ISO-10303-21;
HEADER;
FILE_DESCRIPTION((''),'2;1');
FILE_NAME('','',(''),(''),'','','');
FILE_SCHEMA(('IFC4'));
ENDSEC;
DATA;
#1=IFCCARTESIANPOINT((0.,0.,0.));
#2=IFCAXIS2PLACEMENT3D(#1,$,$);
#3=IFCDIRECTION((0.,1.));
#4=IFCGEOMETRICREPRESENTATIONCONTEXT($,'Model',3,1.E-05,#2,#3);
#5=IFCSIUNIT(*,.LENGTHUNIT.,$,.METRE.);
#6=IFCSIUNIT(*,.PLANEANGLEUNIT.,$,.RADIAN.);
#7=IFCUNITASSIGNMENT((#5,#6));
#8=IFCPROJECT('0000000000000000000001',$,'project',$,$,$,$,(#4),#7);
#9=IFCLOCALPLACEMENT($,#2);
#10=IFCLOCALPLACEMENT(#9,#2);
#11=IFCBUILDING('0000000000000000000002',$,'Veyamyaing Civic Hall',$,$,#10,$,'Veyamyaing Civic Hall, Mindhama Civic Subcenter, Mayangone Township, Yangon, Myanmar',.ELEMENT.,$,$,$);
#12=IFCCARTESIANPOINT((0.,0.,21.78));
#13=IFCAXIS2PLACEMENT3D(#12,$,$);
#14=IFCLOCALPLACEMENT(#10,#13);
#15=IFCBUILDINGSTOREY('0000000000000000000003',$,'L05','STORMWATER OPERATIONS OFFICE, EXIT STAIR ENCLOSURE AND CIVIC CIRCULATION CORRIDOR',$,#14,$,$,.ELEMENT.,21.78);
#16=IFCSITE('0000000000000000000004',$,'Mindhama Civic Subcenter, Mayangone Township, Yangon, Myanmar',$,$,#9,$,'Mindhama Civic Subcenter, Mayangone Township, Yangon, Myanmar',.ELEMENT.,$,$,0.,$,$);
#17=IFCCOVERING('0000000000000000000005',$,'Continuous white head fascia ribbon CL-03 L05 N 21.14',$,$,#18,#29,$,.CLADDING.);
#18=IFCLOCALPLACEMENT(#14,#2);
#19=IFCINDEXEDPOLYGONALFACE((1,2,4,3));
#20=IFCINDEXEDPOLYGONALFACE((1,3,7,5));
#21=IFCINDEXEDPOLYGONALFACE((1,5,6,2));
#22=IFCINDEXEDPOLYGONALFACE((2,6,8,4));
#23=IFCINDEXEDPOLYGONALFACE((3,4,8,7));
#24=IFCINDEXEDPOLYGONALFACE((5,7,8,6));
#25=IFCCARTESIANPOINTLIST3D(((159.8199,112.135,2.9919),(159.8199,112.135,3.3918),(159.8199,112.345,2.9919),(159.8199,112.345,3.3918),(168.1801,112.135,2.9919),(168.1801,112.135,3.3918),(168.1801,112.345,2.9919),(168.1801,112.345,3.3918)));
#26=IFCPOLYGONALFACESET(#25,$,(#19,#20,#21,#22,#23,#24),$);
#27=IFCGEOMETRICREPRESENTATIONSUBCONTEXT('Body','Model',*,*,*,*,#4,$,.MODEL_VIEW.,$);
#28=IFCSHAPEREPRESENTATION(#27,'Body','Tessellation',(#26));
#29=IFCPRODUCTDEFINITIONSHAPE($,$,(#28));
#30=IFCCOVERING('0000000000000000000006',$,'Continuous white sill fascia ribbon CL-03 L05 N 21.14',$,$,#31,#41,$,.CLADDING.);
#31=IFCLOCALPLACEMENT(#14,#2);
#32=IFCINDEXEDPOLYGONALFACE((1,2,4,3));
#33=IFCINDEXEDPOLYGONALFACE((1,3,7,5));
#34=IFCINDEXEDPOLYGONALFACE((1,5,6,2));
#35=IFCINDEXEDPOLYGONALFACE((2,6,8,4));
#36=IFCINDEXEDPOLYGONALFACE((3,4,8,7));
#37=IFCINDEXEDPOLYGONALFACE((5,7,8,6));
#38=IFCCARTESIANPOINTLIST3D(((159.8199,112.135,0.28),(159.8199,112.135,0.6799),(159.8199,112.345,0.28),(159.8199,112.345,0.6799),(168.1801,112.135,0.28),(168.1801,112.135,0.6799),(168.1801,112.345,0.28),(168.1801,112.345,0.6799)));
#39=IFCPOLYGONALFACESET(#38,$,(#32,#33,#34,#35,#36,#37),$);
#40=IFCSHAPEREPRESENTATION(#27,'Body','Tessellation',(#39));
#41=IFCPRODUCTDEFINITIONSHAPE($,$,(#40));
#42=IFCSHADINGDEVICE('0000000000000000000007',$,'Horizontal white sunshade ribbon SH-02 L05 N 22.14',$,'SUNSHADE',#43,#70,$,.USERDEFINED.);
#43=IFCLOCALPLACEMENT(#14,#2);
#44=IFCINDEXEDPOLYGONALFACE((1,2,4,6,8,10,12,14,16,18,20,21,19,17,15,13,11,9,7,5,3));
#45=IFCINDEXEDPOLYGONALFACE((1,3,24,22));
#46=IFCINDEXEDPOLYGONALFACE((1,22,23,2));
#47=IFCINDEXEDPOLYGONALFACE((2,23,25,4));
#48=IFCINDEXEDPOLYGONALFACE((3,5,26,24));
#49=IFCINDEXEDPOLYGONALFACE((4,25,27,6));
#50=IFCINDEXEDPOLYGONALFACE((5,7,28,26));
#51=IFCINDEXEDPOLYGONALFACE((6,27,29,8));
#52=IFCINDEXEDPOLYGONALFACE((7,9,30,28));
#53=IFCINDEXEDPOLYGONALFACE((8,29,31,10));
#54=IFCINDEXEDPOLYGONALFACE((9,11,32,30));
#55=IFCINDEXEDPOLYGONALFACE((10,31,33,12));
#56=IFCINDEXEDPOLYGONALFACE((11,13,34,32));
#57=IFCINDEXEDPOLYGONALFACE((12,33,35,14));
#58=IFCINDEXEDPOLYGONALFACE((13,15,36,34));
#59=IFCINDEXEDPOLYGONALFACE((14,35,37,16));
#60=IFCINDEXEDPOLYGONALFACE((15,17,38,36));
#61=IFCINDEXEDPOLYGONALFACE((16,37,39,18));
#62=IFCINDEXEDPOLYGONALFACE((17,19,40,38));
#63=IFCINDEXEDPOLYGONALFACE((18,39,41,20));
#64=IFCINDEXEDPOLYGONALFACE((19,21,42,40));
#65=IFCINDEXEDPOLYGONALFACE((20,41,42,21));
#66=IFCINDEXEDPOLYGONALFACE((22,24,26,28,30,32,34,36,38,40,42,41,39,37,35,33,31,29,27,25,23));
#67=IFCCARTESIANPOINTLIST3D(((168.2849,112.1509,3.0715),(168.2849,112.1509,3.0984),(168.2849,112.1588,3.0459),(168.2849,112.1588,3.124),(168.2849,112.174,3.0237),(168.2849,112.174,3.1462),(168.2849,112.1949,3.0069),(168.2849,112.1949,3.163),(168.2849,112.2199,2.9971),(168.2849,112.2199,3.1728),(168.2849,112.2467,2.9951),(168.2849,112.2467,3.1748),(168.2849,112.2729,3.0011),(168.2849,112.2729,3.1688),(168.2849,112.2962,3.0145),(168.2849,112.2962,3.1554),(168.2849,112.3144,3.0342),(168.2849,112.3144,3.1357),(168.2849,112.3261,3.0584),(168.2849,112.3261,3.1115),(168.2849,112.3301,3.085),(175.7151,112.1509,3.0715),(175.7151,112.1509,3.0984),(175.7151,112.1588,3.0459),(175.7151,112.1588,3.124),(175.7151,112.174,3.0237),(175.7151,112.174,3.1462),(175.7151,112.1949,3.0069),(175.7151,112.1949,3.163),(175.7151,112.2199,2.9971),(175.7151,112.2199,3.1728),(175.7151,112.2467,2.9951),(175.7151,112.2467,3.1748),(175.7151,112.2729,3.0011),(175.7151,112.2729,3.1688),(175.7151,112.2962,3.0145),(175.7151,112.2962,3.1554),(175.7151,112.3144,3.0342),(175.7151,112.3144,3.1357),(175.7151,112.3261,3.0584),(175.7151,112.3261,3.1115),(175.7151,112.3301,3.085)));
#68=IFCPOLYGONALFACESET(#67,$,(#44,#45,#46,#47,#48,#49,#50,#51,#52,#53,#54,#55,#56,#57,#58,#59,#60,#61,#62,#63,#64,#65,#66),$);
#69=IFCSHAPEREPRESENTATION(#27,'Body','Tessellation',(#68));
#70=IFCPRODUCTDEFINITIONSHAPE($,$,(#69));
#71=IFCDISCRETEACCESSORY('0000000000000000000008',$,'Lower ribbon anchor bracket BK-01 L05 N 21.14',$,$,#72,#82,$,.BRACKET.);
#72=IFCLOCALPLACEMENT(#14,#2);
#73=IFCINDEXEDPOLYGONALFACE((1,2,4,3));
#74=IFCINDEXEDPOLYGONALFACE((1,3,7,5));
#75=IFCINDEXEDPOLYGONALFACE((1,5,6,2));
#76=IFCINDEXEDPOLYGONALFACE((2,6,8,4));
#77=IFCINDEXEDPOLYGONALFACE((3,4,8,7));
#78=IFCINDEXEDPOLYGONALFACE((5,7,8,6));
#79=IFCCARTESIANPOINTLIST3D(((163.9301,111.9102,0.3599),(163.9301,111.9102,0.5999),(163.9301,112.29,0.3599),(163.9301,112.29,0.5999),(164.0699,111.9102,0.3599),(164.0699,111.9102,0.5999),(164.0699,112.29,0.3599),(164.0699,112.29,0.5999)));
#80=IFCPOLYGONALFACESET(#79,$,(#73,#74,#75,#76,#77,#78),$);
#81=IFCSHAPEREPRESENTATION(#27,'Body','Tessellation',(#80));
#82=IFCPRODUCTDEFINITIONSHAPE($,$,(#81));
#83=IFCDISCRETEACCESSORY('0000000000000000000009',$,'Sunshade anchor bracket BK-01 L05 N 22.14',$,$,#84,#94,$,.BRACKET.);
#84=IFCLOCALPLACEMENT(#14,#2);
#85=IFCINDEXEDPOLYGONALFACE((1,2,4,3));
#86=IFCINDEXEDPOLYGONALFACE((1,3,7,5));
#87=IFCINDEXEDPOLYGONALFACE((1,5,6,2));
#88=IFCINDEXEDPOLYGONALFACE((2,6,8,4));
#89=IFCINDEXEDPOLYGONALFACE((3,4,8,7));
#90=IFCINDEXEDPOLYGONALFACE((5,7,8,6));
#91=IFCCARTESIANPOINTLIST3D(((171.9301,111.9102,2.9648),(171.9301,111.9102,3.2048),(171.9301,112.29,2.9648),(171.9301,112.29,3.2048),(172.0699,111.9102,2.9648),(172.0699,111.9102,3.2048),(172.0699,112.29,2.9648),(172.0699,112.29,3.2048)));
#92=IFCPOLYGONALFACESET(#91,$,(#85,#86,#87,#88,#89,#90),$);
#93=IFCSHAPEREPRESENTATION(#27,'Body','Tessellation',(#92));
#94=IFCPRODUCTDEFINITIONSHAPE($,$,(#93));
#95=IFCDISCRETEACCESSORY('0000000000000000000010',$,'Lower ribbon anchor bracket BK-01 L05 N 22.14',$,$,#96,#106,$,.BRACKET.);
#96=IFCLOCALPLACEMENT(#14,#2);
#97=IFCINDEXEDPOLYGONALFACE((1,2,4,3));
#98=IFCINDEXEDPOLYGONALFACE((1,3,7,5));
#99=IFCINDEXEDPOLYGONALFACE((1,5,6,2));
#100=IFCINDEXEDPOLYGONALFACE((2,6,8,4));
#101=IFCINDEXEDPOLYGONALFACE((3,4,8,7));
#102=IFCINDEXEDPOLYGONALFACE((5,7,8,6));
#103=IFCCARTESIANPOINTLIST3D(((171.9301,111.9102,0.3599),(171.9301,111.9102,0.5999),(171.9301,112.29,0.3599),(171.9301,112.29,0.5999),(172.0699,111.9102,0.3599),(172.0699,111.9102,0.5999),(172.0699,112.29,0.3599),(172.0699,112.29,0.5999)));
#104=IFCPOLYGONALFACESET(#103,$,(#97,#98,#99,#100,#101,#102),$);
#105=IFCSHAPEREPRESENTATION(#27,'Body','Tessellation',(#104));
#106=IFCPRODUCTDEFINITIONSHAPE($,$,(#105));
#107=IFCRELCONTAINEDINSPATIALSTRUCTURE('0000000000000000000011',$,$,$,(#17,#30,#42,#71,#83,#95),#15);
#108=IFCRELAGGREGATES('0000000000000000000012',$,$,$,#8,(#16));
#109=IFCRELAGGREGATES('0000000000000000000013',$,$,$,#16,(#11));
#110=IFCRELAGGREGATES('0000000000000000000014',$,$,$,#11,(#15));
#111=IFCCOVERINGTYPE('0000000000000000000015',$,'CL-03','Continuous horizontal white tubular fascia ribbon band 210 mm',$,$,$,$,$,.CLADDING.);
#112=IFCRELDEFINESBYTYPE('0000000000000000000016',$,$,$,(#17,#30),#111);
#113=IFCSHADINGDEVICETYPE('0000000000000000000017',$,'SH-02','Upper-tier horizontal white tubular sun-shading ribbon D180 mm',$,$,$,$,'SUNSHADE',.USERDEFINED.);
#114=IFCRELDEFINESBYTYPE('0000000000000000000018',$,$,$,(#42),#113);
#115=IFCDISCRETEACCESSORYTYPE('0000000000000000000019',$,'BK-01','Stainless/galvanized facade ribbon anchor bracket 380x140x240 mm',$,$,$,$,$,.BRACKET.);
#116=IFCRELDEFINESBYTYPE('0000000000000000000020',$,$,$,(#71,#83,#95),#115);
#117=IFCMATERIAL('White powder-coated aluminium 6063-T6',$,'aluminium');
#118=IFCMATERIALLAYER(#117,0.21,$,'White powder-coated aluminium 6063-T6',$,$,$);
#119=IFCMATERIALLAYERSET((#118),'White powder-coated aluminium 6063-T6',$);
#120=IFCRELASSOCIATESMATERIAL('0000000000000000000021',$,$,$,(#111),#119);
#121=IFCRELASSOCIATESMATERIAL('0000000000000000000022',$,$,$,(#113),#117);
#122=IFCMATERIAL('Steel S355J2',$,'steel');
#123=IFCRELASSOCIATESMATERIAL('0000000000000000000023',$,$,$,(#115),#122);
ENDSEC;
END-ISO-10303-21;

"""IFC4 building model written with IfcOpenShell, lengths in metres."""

from ifc_helpers import new_model, si_unit, direction, frame, origin, origin_2d, place, context, subcontext, project, spatial, rectangle, circle, extrude, material, layer, layer_set, material_profile, profile_set, type_object, element, save


model = new_model("IFC4")

# Units and contexts
model_context = context("Model", 3, precision=1e-05, world=origin(), true_north=direction((0.0, 1.0)))
body_context = subcontext(model_context, "Body", "Model", "MODEL_VIEW")
ifc_project = project(units=[si_unit("LENGTHUNIT", "METRE"), si_unit("PLANEANGLEUNIT", "RADIAN")], contexts=[model_context])

# Site, building, storey
site_placement = place(None, origin())
site = spatial("IfcSite", under=ifc_project, at=site_placement, Name="Mindhama Civic Subcenter, Mayangone Township, Yangon, Myanmar", LongName="Mindhama Civic Subcenter, Mayangone Township, Yangon, Myanmar", CompositionType="ELEMENT", RefElevation=0.0)
building_placement = place(site_placement, origin())
building = spatial("IfcBuilding", under=site, at=building_placement, Name="Veyamyaing Civic Hall", LongName="Veyamyaing Civic Hall, Mindhama Civic Subcenter, Mayangone Township, Yangon, Myanmar", CompositionType="ELEMENT")
storey_placement = place(building_placement, frame((0.0, 0.0, 21.78)))
storey = spatial("IfcBuildingStorey", under=building, at=storey_placement, Name="L05", Description="STORMWATER OPERATIONS OFFICE, EXIT STAIR ENCLOSURE AND CIVIC CIRCULATION CORRIDOR", CompositionType="ELEMENT", Elevation=21.78)

# Shared definitions
ifc_material_1 = material(Name="Steel S355J2", Category="steel")

# Coverings
ifc_material_2 = material(Name="White powder-coated aluminium 6063-T6", Category="aluminium")
ifc_layer_1 = layer(ifc_material_2, 0.21, Name="White powder-coated aluminium 6063-T6")
ifc_layer_set_1 = layer_set([ifc_layer_1], Name="White powder-coated aluminium 6063-T6")
covering_type_1 = type_object("IfcCoveringType", Name="CL-03", Description="Continuous horizontal white tubular fascia ribbon band 210 mm", PredefinedType="CLADDING", material=ifc_layer_set_1)
for number, where, z_axis, x_axis, name in (
    (1, (164.0, 112.24, 2.9919), (0.0, 0.0, 1.0), (1.0, 0.0, 0.0), "Continuous white head fascia ribbon CL-03 L05 N 21.14"),
    (2, (164.0, 112.24, 0.28), (0.0, 0.0, 1.0), (1.0, 0.0, 0.0), "Continuous white sill fascia ribbon CL-03 L05 N 21.14"),
):
    element("IfcCovering", number, at=place(storey_placement, frame(where, z_axis=z_axis, x_axis=x_axis)), inside=storey, type_object=covering_type_1, Name=name, PredefinedType="CLADDING", context=body_context, shape_type="SweptSolid", body=[
        extrude(rectangle(XDim=8.3601, YDim=0.21, at=origin_2d()), origin(), (0.0, 0.0, 1.0), 0.3999),
    ])

# Shading device
ifc_material_profile_1 = material_profile(ifc_material_2, circle(Radius=0.0901, at=origin_2d()), Name="SHADE-TUBE-180")
ifc_profile_set_1 = profile_set([ifc_material_profile_1], Name="White powder-coated aluminium 6063-T6")
shading_device_type = type_object("IfcShadingDeviceType", Name="SH-02", Description="Upper-tier horizontal white tubular sun-shading ribbon D180 mm", ElementType="SUNSHADE", PredefinedType="USERDEFINED", material=ifc_profile_set_1)
shading_device_placement = place(storey_placement, frame((168.2849, 112.24, 3.085), z_axis=(1.0, 0.0, 0.0), x_axis=(0.0, 1.0, 0.0)))
element("IfcShadingDevice", 3, at=shading_device_placement, inside=storey, type_object=shading_device_type, Name="Horizontal white sunshade ribbon SH-02 L05 N 22.14", ObjectType="SUNSHADE", PredefinedType="USERDEFINED", context=body_context, shape_type="SweptSolid", body=[
    extrude(circle(Radius=0.0901, at=origin_2d()), origin(), (0.0, 0.0, 1.0), 7.4302),
])

# Discrete accessories
discrete_accessory_type = type_object("IfcDiscreteAccessoryType", Name="BK-01", Description="Stainless/galvanized facade ribbon anchor bracket 380x140x240 mm", PredefinedType="BRACKET", material=ifc_material_1)
for number, where, z_axis, x_axis, name in (
    (4, (164.0, 112.1001, 0.3599), (0.0, 0.0, 1.0), (0.0, 1.0, 0.0), "Lower ribbon anchor bracket BK-01 L05 N 21.14"),
    (5, (172.0, 112.1001, 2.9648), (0.0, 0.0, 1.0), (0.0, 1.0, 0.0), "Sunshade anchor bracket BK-01 L05 N 22.14"),
    (6, (172.0, 112.1001, 0.3599), (0.0, 0.0, 1.0), (0.0, 1.0, 0.0), "Lower ribbon anchor bracket BK-01 L05 N 22.14"),
):
    element("IfcDiscreteAccessory", number, at=place(storey_placement, frame(where, z_axis=z_axis, x_axis=x_axis)), inside=storey, type_object=discrete_accessory_type, Name=name, PredefinedType="BRACKET", context=body_context, shape_type="SweptSolid", body=[
        extrude(rectangle(XDim=0.3799, YDim=0.1399, at=origin_2d()), origin(), (0.0, 0.0, 1.0), 0.24),
    ])

save(model, "model.ifc")
